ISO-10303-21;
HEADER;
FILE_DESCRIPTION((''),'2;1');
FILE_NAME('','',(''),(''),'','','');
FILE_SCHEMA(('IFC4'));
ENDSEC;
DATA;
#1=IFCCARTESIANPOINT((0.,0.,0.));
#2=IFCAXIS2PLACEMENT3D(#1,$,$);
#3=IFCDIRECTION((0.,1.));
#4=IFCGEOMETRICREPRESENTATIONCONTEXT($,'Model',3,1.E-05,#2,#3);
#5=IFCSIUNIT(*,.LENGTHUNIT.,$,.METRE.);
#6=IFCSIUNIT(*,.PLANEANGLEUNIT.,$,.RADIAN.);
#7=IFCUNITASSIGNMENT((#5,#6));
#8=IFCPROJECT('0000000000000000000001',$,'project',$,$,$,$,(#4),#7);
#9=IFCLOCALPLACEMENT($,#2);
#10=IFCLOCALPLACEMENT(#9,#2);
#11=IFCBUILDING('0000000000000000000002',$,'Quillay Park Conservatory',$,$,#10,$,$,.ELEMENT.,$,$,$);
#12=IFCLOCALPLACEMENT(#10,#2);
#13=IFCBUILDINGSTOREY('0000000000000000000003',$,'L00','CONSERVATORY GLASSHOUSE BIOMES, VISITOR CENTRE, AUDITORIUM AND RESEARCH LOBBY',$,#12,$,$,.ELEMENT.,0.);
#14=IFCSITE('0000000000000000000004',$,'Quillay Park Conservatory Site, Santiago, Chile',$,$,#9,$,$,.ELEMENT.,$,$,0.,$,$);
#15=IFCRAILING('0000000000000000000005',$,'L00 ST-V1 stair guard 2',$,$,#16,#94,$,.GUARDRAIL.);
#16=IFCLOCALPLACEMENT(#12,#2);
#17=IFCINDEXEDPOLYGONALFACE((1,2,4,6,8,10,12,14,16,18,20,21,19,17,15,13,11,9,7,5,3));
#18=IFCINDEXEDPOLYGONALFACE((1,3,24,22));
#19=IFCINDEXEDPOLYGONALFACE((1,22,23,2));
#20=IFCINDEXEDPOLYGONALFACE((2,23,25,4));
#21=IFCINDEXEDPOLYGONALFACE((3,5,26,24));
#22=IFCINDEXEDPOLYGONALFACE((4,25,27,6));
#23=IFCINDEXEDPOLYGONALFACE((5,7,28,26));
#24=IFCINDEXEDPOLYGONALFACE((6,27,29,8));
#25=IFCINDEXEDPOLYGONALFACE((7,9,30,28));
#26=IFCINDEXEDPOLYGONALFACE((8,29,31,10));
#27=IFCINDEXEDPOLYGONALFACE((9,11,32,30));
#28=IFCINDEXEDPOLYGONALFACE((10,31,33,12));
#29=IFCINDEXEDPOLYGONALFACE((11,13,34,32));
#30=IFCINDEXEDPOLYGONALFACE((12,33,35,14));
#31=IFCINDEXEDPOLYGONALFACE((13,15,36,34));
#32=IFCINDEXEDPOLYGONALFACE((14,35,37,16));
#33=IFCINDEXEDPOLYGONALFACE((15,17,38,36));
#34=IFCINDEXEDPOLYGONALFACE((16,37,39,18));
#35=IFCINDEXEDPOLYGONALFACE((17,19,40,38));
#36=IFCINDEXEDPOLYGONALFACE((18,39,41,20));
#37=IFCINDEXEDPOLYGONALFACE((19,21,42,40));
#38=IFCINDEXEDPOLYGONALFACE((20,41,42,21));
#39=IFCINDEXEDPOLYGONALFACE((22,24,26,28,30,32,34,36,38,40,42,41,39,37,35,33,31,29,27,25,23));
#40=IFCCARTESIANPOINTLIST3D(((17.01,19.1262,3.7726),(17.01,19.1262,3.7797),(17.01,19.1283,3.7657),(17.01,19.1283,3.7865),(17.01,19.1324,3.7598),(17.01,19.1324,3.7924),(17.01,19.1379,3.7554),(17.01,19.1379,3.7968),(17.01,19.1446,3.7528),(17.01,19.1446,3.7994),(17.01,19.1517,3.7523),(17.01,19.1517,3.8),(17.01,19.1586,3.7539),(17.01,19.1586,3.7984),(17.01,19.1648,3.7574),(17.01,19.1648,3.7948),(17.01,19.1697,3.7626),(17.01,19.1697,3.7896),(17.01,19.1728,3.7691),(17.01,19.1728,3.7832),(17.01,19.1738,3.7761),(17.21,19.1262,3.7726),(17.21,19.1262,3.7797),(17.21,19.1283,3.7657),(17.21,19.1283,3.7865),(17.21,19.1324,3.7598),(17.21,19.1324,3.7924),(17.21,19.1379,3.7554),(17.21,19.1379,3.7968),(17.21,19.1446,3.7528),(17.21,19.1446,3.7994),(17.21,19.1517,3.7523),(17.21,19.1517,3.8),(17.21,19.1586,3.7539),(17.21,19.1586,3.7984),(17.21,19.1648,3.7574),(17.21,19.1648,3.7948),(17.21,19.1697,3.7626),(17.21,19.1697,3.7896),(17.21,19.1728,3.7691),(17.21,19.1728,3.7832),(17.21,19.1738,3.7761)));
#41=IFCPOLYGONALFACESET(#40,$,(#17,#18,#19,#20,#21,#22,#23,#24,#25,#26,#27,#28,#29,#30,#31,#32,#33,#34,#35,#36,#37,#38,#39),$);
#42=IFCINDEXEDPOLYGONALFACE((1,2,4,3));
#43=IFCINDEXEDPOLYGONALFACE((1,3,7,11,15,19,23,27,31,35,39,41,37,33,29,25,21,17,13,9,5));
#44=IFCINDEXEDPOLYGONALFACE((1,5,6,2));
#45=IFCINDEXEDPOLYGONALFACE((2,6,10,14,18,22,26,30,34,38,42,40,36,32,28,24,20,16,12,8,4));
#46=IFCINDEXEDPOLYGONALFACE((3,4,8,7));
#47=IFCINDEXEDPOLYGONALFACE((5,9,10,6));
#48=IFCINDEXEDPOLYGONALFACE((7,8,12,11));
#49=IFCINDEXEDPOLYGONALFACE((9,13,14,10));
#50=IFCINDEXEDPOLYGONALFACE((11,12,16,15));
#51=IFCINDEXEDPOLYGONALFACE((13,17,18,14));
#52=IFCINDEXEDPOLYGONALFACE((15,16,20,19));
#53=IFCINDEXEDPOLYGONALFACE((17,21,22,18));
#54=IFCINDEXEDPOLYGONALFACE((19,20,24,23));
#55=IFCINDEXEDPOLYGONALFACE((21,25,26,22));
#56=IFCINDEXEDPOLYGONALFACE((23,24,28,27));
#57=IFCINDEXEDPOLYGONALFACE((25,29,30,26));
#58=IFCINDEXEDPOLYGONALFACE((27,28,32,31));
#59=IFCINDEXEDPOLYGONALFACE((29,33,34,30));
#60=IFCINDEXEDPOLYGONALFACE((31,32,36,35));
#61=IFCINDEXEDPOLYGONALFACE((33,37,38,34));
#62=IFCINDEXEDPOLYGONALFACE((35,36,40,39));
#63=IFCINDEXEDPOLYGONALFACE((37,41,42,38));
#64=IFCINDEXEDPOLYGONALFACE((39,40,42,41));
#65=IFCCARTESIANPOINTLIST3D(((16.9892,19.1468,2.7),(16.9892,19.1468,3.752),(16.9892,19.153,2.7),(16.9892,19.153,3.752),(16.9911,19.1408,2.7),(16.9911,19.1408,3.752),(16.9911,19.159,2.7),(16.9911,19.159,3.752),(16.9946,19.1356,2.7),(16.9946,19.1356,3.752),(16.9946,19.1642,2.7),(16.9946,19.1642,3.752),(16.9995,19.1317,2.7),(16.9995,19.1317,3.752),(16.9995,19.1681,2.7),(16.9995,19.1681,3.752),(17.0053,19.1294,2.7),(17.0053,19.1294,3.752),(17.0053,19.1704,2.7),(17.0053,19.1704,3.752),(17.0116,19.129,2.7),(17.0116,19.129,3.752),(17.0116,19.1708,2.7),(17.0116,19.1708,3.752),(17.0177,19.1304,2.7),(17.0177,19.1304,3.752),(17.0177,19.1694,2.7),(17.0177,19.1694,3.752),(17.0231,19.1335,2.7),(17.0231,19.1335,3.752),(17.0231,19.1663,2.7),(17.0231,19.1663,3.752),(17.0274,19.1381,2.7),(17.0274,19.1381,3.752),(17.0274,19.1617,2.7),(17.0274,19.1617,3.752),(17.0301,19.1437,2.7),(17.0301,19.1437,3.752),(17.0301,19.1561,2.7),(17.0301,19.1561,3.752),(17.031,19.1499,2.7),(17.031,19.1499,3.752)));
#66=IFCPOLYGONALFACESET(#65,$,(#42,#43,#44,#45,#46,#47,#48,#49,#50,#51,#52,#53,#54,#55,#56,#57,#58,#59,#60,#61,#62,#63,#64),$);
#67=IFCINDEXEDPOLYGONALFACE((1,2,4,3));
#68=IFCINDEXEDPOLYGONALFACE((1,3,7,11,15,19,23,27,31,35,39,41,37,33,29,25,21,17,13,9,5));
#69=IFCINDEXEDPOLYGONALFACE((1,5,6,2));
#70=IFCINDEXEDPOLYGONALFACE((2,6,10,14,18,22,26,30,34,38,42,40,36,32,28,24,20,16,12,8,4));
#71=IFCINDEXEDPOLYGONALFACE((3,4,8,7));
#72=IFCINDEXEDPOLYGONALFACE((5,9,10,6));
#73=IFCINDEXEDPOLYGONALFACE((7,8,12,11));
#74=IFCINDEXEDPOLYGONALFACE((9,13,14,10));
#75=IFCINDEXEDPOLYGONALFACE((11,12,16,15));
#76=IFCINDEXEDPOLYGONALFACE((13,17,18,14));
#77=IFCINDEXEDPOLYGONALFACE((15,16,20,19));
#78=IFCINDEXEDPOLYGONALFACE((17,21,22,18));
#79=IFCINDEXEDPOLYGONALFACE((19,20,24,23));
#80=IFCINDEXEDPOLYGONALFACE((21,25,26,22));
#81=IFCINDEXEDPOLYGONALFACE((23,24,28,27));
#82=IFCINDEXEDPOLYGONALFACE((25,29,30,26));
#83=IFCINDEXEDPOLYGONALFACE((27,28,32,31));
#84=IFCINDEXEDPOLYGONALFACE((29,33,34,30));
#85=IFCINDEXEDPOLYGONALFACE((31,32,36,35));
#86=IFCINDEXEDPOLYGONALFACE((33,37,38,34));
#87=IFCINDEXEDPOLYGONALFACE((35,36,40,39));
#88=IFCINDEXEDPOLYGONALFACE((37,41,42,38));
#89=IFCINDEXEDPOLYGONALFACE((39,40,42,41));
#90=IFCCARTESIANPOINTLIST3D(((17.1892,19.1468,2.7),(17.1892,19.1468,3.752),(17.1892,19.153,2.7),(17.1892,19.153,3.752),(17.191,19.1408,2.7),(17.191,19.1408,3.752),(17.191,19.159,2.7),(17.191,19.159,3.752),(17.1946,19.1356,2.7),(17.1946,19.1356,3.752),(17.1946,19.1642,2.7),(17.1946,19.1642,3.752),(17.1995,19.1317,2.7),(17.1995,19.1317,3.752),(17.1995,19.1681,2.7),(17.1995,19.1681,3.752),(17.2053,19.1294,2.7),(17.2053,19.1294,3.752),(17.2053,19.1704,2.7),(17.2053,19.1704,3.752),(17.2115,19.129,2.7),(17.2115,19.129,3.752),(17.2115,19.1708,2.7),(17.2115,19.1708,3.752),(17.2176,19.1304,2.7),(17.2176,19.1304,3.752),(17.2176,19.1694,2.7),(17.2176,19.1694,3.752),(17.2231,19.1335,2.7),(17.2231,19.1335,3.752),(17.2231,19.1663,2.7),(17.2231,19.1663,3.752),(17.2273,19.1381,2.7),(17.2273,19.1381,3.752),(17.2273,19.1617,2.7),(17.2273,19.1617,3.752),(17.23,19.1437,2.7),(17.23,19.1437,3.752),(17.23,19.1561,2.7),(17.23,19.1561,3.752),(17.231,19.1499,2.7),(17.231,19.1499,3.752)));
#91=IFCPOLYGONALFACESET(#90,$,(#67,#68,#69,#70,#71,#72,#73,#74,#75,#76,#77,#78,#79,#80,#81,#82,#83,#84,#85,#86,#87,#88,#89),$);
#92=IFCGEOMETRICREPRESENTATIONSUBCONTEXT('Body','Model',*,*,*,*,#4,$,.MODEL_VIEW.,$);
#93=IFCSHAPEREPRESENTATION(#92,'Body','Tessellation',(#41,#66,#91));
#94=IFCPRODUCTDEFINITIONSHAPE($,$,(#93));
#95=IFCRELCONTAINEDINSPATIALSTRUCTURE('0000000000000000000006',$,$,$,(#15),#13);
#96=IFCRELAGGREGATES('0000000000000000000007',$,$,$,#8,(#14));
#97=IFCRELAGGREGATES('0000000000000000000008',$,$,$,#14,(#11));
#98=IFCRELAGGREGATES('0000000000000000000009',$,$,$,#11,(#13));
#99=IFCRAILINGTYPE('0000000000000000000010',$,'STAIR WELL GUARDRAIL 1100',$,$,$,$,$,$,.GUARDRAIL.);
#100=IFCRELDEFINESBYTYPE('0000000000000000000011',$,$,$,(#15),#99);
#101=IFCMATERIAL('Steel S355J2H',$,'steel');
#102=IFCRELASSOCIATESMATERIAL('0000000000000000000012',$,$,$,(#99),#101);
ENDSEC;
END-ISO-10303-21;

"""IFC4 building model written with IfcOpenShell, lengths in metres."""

from ifc_helpers import new_model, si_unit, direction, frame, origin, origin_2d, place, context, subcontext, project, spatial, circle, extrude, material, type_object, element, save


model = new_model("IFC4")

# Units and contexts
model_context = context("Model", 3, precision=1e-05, world=origin(), true_north=direction((0.0, 1.0)))
body_context = subcontext(model_context, "Body", "Model", "MODEL_VIEW")
ifc_project = project(units=[si_unit("LENGTHUNIT", "METRE"), si_unit("PLANEANGLEUNIT", "RADIAN")], contexts=[model_context])

# Site, building, storey
site_placement = place(None, origin())
site = spatial("IfcSite", under=ifc_project, at=site_placement, Name="Quillay Park Conservatory Site, Santiago, Chile", CompositionType="ELEMENT", RefElevation=0.0)
building_placement = place(site_placement, origin())
building = spatial("IfcBuilding", under=site, at=building_placement, Name="Quillay Park Conservatory", CompositionType="ELEMENT")
storey_placement = place(building_placement, origin())
storey = spatial("IfcBuildingStorey", under=building, at=storey_placement, Name="L00", Description="CONSERVATORY GLASSHOUSE BIOMES, VISITOR CENTRE, AUDITORIUM AND RESEARCH LOBBY", CompositionType="ELEMENT", Elevation=0.0)

# Railing
ifc_material_1 = material(Name="Steel S355J2H", Category="steel")
railing_type_1 = type_object("IfcRailingType", Name="STAIR WELL GUARDRAIL 1100", PredefinedType="GUARDRAIL", material=ifc_material_1)
railing_1_placement = place(storey_placement, frame((17.01, 19.1499, 2.7)))
element("IfcRailing", 1, at=railing_1_placement, inside=storey, type_object=railing_type_1, Name="L00 ST-V1 stair guard 2", PredefinedType="GUARDRAIL", context=body_context, shape_type="SweptSolid", body=[
    extrude(circle(Radius=0.0239, at=origin_2d()), frame((0.0, 0.0, 1.0762), z_axis=(1.0, 0.0, 0.0), x_axis=(0.0, 1.0, 0.0)), (0.0, 0.0, 1.0), 0.2),
    extrude(circle(Radius=0.021, at=origin_2d()), origin(), (0.0, 0.0, 1.0), 1.052),
    extrude(circle(Radius=0.021, at=origin_2d()), frame((0.2, 0.0, 0.0)), (0.0, 0.0, 1.0), 1.052),
])

save(model, "model.ifc")
